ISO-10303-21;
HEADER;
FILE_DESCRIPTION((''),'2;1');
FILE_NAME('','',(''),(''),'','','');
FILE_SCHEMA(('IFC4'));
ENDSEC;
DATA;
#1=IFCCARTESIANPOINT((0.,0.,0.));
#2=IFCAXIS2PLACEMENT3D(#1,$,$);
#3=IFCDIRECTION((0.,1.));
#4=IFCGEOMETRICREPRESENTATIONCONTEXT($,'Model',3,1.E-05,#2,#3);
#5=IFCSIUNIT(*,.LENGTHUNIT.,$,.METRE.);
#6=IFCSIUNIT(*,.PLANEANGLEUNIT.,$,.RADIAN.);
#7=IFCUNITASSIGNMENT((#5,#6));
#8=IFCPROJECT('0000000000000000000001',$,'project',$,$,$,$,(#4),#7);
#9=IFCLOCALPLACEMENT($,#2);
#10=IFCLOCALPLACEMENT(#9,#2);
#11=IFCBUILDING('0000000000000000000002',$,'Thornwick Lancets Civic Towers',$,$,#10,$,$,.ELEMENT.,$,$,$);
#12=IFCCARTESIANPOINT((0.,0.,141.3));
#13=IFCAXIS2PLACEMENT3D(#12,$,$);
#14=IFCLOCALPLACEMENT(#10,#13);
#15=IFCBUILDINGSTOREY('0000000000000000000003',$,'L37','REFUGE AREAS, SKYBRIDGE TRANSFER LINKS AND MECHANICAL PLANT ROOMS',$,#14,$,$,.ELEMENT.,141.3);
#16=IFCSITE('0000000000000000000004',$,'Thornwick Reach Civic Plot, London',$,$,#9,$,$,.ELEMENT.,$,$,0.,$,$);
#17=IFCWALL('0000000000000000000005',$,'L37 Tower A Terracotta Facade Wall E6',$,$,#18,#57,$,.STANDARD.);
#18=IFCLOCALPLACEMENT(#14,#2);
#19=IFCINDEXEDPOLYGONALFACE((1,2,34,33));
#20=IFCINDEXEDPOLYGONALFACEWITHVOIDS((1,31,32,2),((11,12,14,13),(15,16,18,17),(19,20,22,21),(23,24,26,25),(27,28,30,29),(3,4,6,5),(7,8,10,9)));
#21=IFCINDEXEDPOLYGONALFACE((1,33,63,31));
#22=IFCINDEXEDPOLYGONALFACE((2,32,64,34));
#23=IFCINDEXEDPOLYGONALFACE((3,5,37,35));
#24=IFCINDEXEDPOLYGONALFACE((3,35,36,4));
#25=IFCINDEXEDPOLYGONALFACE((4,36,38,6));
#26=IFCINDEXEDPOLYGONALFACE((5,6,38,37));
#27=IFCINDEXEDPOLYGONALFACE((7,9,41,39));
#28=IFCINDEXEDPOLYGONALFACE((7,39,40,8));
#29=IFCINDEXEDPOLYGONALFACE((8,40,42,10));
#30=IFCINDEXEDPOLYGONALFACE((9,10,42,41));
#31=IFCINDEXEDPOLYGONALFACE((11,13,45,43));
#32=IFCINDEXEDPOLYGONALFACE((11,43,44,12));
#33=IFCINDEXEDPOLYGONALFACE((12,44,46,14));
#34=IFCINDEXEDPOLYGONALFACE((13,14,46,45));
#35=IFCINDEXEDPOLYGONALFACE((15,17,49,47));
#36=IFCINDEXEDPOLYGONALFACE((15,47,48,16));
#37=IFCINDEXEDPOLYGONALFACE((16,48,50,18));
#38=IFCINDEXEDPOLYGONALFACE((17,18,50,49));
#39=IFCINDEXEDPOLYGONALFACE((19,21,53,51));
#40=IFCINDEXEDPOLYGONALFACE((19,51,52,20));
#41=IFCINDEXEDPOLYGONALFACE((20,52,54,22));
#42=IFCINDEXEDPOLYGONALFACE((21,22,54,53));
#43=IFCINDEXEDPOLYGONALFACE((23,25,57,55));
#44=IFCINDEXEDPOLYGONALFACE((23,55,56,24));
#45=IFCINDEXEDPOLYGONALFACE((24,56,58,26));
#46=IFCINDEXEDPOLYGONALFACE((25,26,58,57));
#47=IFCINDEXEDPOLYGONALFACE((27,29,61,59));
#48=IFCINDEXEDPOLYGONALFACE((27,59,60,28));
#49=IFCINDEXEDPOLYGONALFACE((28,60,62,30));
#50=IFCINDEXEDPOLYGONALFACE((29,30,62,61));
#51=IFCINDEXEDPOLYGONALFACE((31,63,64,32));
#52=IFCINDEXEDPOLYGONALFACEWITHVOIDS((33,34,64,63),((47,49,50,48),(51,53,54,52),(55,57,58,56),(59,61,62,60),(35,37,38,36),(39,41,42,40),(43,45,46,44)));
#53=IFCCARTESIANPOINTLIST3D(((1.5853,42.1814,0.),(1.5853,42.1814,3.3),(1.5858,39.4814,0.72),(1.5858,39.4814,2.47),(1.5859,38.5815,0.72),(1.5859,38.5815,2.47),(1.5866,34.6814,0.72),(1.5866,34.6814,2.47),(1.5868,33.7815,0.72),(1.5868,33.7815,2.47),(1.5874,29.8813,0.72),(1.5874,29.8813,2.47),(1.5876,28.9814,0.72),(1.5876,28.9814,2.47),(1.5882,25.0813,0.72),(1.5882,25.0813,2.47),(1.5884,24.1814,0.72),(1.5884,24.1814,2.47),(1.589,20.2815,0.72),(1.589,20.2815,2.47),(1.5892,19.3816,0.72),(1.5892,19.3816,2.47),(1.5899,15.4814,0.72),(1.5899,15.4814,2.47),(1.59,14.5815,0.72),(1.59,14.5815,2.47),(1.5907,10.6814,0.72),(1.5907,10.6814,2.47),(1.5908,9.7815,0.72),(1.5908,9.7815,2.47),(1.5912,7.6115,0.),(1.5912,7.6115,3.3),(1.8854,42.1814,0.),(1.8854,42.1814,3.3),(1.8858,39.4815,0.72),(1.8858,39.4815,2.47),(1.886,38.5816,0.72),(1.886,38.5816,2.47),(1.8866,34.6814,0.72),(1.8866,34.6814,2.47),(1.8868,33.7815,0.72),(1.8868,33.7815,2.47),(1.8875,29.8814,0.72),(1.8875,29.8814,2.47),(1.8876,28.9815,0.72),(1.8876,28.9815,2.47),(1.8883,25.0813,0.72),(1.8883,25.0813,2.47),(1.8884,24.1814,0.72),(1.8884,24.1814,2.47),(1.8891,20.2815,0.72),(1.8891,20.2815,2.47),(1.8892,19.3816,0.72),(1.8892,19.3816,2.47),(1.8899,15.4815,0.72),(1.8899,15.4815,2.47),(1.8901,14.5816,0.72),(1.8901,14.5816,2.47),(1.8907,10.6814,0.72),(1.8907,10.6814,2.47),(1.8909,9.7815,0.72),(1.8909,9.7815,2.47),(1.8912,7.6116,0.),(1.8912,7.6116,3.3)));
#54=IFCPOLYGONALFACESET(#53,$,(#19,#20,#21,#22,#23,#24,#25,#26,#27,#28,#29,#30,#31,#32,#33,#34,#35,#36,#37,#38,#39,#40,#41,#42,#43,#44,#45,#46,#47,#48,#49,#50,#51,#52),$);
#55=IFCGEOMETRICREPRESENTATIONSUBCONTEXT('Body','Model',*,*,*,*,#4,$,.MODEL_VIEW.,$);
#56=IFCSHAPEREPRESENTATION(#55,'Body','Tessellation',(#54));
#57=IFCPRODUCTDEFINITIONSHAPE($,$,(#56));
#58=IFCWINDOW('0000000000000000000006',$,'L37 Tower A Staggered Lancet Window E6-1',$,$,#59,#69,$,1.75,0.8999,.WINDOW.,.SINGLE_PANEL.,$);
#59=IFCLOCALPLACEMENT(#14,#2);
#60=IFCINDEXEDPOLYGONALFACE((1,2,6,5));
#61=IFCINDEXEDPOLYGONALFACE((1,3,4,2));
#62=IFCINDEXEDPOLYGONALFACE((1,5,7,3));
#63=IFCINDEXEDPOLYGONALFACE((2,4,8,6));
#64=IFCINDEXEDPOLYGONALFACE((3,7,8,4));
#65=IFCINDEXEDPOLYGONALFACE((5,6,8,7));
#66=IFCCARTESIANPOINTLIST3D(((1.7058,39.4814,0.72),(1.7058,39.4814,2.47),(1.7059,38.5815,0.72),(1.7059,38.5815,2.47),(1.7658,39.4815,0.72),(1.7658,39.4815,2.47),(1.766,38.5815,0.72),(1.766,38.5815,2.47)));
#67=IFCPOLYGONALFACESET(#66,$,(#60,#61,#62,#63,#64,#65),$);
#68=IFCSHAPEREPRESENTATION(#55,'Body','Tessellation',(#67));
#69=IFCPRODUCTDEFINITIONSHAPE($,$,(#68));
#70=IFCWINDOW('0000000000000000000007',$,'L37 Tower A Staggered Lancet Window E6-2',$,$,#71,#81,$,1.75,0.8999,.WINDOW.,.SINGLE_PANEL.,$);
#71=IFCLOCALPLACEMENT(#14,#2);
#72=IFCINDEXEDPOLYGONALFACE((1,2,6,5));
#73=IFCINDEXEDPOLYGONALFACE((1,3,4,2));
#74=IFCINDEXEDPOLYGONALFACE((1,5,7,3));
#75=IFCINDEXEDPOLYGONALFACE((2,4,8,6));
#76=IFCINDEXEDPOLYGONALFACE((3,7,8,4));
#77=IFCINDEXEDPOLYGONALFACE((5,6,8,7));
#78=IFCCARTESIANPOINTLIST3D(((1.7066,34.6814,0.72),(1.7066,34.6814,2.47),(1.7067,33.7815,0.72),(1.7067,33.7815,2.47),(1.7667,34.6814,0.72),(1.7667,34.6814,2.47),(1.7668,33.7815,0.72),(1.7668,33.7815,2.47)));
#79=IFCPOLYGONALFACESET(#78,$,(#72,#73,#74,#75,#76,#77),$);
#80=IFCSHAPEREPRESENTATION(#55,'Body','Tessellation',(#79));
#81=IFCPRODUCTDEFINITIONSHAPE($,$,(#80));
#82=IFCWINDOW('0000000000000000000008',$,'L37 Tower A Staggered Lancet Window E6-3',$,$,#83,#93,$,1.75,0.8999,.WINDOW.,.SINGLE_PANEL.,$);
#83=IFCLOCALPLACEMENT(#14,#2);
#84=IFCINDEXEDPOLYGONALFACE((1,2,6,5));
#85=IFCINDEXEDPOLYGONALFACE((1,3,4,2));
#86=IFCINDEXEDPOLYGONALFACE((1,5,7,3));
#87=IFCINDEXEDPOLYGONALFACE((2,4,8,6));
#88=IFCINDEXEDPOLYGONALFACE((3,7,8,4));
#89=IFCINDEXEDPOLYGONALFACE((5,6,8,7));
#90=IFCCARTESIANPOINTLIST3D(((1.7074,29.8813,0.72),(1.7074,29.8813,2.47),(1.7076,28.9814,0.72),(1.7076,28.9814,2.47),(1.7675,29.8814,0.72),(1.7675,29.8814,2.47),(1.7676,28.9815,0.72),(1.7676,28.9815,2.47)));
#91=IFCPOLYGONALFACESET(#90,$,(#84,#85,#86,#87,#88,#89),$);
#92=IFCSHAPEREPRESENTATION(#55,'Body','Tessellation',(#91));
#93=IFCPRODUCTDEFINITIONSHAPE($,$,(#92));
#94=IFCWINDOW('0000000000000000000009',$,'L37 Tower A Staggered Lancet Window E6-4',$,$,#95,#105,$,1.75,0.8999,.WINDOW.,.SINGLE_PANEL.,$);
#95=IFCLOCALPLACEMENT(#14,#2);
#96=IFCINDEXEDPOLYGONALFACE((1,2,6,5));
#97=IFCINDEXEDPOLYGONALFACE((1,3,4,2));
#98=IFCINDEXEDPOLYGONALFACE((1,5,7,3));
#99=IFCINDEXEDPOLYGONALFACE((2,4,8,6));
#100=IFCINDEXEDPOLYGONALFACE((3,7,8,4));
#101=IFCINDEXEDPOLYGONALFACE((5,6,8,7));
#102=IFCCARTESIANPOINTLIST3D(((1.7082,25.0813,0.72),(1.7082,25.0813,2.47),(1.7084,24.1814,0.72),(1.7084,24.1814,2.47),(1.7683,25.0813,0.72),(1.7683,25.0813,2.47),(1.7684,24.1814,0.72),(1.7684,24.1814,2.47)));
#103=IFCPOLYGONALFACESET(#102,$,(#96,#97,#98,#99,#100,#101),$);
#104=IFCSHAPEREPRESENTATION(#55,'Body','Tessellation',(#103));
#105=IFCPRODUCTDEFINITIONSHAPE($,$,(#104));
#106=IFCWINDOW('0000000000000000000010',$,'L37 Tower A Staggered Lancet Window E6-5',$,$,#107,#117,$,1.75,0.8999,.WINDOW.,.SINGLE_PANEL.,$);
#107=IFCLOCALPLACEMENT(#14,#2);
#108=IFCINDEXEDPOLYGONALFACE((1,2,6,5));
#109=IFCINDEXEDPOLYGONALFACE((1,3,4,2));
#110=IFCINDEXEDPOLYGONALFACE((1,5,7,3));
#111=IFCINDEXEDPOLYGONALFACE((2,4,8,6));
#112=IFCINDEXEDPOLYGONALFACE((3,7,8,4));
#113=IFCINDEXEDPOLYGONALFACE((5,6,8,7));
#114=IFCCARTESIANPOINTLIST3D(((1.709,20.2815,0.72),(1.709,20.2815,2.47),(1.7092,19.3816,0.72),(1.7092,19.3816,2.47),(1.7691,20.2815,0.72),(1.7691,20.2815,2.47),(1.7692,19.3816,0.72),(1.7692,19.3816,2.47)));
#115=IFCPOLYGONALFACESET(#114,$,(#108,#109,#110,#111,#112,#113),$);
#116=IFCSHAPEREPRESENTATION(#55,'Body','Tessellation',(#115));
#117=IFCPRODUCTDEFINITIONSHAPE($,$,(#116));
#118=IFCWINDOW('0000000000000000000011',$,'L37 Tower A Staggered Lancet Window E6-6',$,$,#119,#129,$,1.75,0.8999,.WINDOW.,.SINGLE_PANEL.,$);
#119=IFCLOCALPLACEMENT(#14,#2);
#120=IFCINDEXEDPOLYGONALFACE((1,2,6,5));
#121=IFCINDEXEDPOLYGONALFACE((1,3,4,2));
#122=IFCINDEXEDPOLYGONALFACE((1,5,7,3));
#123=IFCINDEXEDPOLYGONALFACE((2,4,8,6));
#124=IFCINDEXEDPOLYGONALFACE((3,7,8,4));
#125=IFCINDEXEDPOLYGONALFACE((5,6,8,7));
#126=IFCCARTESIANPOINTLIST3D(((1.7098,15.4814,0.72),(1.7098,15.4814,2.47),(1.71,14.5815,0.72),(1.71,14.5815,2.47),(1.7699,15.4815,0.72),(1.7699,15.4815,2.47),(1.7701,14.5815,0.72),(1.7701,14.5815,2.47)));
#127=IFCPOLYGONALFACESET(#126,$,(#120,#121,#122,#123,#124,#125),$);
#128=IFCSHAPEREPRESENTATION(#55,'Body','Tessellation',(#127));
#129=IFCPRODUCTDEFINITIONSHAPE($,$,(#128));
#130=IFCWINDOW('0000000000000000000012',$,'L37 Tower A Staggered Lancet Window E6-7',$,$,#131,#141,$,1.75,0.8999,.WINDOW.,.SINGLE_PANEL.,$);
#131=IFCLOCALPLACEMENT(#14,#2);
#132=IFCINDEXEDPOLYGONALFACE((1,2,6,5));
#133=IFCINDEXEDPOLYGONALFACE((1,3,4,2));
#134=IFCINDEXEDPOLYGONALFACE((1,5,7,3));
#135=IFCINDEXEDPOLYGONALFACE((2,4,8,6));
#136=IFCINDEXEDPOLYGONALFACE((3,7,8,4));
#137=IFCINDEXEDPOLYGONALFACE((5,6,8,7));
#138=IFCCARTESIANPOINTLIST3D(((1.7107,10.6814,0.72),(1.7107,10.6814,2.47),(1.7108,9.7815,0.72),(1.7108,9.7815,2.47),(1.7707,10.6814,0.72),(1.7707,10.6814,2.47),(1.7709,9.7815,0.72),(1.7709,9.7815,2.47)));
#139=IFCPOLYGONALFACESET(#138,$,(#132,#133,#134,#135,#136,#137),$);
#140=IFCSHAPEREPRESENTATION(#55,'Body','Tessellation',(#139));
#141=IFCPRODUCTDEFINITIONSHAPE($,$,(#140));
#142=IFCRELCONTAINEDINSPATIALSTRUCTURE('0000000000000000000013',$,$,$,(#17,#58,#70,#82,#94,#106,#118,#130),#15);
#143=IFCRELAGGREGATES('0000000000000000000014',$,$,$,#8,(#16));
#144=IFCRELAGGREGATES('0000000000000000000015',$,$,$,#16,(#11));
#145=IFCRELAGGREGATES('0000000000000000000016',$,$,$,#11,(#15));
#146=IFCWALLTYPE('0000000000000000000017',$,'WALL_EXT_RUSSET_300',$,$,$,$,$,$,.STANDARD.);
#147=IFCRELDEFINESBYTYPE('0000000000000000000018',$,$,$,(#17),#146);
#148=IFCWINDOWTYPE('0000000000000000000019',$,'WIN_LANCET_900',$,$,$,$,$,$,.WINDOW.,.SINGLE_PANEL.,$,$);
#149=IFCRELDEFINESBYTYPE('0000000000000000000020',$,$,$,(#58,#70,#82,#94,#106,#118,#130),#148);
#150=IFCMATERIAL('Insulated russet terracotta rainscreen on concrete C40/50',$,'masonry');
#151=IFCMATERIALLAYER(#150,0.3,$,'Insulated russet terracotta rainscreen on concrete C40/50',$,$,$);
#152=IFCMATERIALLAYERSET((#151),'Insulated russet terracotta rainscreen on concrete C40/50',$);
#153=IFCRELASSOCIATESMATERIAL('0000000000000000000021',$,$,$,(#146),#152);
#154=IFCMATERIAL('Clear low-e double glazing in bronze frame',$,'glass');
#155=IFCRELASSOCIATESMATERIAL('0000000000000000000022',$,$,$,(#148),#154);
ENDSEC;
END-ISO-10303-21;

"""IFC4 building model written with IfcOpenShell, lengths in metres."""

from ifc_helpers import new_model, si_unit, direction, frame, frame_2d, origin, place, context, subcontext, project, spatial, rectangle, extrude, material, layer, layer_set, type_object, element, fill, save


model = new_model("IFC4")

# Units and contexts
model_context = context("Model", 3, precision=1e-05, world=origin(), true_north=direction((0.0, 1.0)))
body_context = subcontext(model_context, "Body", "Model", "MODEL_VIEW")
ifc_project = project(units=[si_unit("LENGTHUNIT", "METRE"), si_unit("PLANEANGLEUNIT", "RADIAN")], contexts=[model_context])

# Site, building, storey
site_placement = place(None, origin())
site = spatial("IfcSite", under=ifc_project, at=site_placement, Name="Thornwick Reach Civic Plot, London", CompositionType="ELEMENT", RefElevation=0.0)
building_placement = place(site_placement, origin())
building = spatial("IfcBuilding", under=site, at=building_placement, Name="Thornwick Lancets Civic Towers", CompositionType="ELEMENT")
storey_placement = place(building_placement, frame((0.0, 0.0, 141.3)))
storey = spatial("IfcBuildingStorey", under=building, at=storey_placement, Name="L37", Description="REFUGE AREAS, SKYBRIDGE TRANSFER LINKS AND MECHANICAL PLANT ROOMS", CompositionType="ELEMENT", Elevation=141.3)

# Wall, openings, windows
ifc_material_1 = material(Name="Insulated russet terracotta rainscreen on concrete C40/50", Category="masonry")
ifc_layer_1 = layer(ifc_material_1, 0.3, Name="Insulated russet terracotta rainscreen on concrete C40/50")
ifc_layer_set_1 = layer_set([ifc_layer_1], Name="Insulated russet terracotta rainscreen on concrete C40/50")
wall_type_1 = type_object("IfcWallType", Name="WALL_EXT_RUSSET_300", PredefinedType="STANDARD", material=ifc_layer_set_1)
wall_1_placement = place(storey_placement, frame((1.7354, 42.1814, 0.0), z_axis=(0.0, 0.0, 1.0), x_axis=(0.000169, -1.0, 0.0)))
wall_1 = element("IfcWall", 1, at=wall_1_placement, inside=storey, type_object=wall_type_1, Name="L37 Tower A Terracotta Facade Wall E6", PredefinedType="STANDARD", context=body_context, shape_type="SweptSolid", body=[
    extrude(rectangle(XDim=34.5698, YDim=0.3, at=frame_2d((17.2849, 0.0))), origin(), (0.0, 0.0, 1.0), 3.3),
])
opening_1_placement = place(wall_1_placement, frame((2.7, 0.0, 0.72)))
opening_1 = element("IfcOpeningElement", 2, at=opening_1_placement, cuts=wall_1, PredefinedType="OPENING", context=body_context, shape_type="SweptSolid", body=[
    extrude(rectangle(XDim=0.8999, YDim=1.75, at=frame_2d((0.45, 0.875))), frame((0.0, 0.1602, 0.0), z_axis=(0.0, -1.0, 0.0), x_axis=(1.0, 0.0, 0.0)), (0.0, 0.0, 1.0), 0.3201),
])
opening_2_placement = place(wall_1_placement, frame((7.5, 0.0, 0.72)))
opening_2 = element("IfcOpeningElement", 3, at=opening_2_placement, cuts=wall_1, PredefinedType="OPENING", context=body_context, shape_type="SweptSolid", body=[
    extrude(rectangle(XDim=0.8999, YDim=1.75, at=frame_2d((0.45, 0.875))), frame((0.0, 0.1602, 0.0), z_axis=(0.0, -1.0, 0.0), x_axis=(1.0, 0.0, 0.0)), (0.0, 0.0, 1.0), 0.3201),
])
opening_3_placement = place(wall_1_placement, frame((12.3, 0.0, 0.72)))
opening_3 = element("IfcOpeningElement", 4, at=opening_3_placement, cuts=wall_1, PredefinedType="OPENING", context=body_context, shape_type="SweptSolid", body=[
    extrude(rectangle(XDim=0.8999, YDim=1.75, at=frame_2d((0.45, 0.875))), frame((0.0, 0.1602, 0.0), z_axis=(0.0, -1.0, 0.0), x_axis=(1.0, 0.0, 0.0)), (0.0, 0.0, 1.0), 0.3201),
])
opening_4_placement = place(wall_1_placement, frame((17.1001, 0.0, 0.72)))
opening_4 = element("IfcOpeningElement", 5, at=opening_4_placement, cuts=wall_1, PredefinedType="OPENING", context=body_context, shape_type="SweptSolid", body=[
    extrude(rectangle(XDim=0.8999, YDim=1.75, at=frame_2d((0.45, 0.875))), frame((0.0, 0.1602, 0.0), z_axis=(0.0, -1.0, 0.0), x_axis=(1.0, 0.0, 0.0)), (0.0, 0.0, 1.0), 0.3201),
])
opening_5_placement = place(wall_1_placement, frame((21.8999, 0.0, 0.72)))
opening_5 = element("IfcOpeningElement", 6, at=opening_5_placement, cuts=wall_1, PredefinedType="OPENING", context=body_context, shape_type="SweptSolid", body=[
    extrude(rectangle(XDim=0.8999, YDim=1.75, at=frame_2d((0.45, 0.875))), frame((0.0, 0.1602, 0.0), z_axis=(0.0, -1.0, 0.0), x_axis=(1.0, 0.0, 0.0)), (0.0, 0.0, 1.0), 0.3201),
])
opening_6_placement = place(wall_1_placement, frame((26.7, 0.0, 0.72)))
opening_6 = element("IfcOpeningElement", 7, at=opening_6_placement, cuts=wall_1, PredefinedType="OPENING", context=body_context, shape_type="SweptSolid", body=[
    extrude(rectangle(XDim=0.8999, YDim=1.75, at=frame_2d((0.45, 0.875))), frame((0.0, 0.1602, 0.0), z_axis=(0.0, -1.0, 0.0), x_axis=(1.0, 0.0, 0.0)), (0.0, 0.0, 1.0), 0.3201),
])
opening_7_placement = place(wall_1_placement, frame((31.5, 0.0, 0.72)))
opening_7 = element("IfcOpeningElement", 8, at=opening_7_placement, cuts=wall_1, PredefinedType="OPENING", context=body_context, shape_type="SweptSolid", body=[
    extrude(rectangle(XDim=0.8999, YDim=1.75, at=frame_2d((0.45, 0.875))), frame((0.0, 0.1602, 0.0), z_axis=(0.0, -1.0, 0.0), x_axis=(1.0, 0.0, 0.0)), (0.0, 0.0, 1.0), 0.3201),
])
ifc_material_2 = material(Name="Clear low-e double glazing in bronze frame", Category="glass")
window_type = type_object("IfcWindowType", Name="WIN_LANCET_900", PartitioningType="SINGLE_PANEL", PredefinedType="WINDOW", material=ifc_material_2)
window_1_placement = place(opening_1_placement, origin())
window_1 = element("IfcWindow", 9, at=window_1_placement, inside=storey, type_object=window_type, Name="L37 Tower A Staggered Lancet Window E6-1", OverallHeight=1.75, OverallWidth=0.8999, PartitioningType="SINGLE_PANEL", PredefinedType="WINDOW", context=body_context, shape_type="SweptSolid", body=[
    extrude(rectangle(XDim=0.8999, YDim=1.75, at=frame_2d((0.45, 0.875))), frame((0.0, 0.03, 0.0), z_axis=(0.0, -1.0, 0.0), x_axis=(1.0, 0.0, 0.0)), (0.0, 0.0, 1.0), 0.0601),
])
fill(opening_1, window_1)
window_2_placement = place(opening_2_placement, origin())
window_2 = element("IfcWindow", 10, at=window_2_placement, inside=storey, type_object=window_type, Name="L37 Tower A Staggered Lancet Window E6-2", OverallHeight=1.75, OverallWidth=0.8999, PartitioningType="SINGLE_PANEL", PredefinedType="WINDOW", context=body_context, shape_type="SweptSolid", body=[
    extrude(rectangle(XDim=0.8999, YDim=1.75, at=frame_2d((0.45, 0.875))), frame((0.0, 0.03, 0.0), z_axis=(0.0, -1.0, 0.0), x_axis=(1.0, 0.0, 0.0)), (0.0, 0.0, 1.0), 0.0601),
])
fill(opening_2, window_2)
window_3_placement = place(opening_3_placement, origin())
window_3 = element("IfcWindow", 11, at=window_3_placement, inside=storey, type_object=window_type, Name="L37 Tower A Staggered Lancet Window E6-3", OverallHeight=1.75, OverallWidth=0.8999, PartitioningType="SINGLE_PANEL", PredefinedType="WINDOW", context=body_context, shape_type="SweptSolid", body=[
    extrude(rectangle(XDim=0.8999, YDim=1.75, at=frame_2d((0.45, 0.875))), frame((0.0, 0.03, 0.0), z_axis=(0.0, -1.0, 0.0), x_axis=(1.0, 0.0, 0.0)), (0.0, 0.0, 1.0), 0.0601),
])
fill(opening_3, window_3)
window_4_placement = place(opening_4_placement, origin())
window_4 = element("IfcWindow", 12, at=window_4_placement, inside=storey, type_object=window_type, Name="L37 Tower A Staggered Lancet Window E6-4", OverallHeight=1.75, OverallWidth=0.8999, PartitioningType="SINGLE_PANEL", PredefinedType="WINDOW", context=body_context, shape_type="SweptSolid", body=[
    extrude(rectangle(XDim=0.8999, YDim=1.75, at=frame_2d((0.45, 0.875))), frame((0.0, 0.03, 0.0), z_axis=(0.0, -1.0, 0.0), x_axis=(1.0, 0.0, 0.0)), (0.0, 0.0, 1.0), 0.0601),
])
fill(opening_4, window_4)
window_5_placement = place(opening_5_placement, origin())
window_5 = element("IfcWindow", 13, at=window_5_placement, inside=storey, type_object=window_type, Name="L37 Tower A Staggered Lancet Window E6-5", OverallHeight=1.75, OverallWidth=0.8999, PartitioningType="SINGLE_PANEL", PredefinedType="WINDOW", context=body_context, shape_type="SweptSolid", body=[
    extrude(rectangle(XDim=0.8999, YDim=1.75, at=frame_2d((0.45, 0.875))), frame((0.0, 0.03, 0.0), z_axis=(0.0, -1.0, 0.0), x_axis=(1.0, 0.0, 0.0)), (0.0, 0.0, 1.0), 0.0601),
])
fill(opening_5, window_5)
window_6_placement = place(opening_6_placement, origin())
window_6 = element("IfcWindow", 14, at=window_6_placement, inside=storey, type_object=window_type, Name="L37 Tower A Staggered Lancet Window E6-6", OverallHeight=1.75, OverallWidth=0.8999, PartitioningType="SINGLE_PANEL", PredefinedType="WINDOW", context=body_context, shape_type="SweptSolid", body=[
    extrude(rectangle(XDim=0.8999, YDim=1.75, at=frame_2d((0.45, 0.875))), frame((0.0, 0.03, 0.0), z_axis=(0.0, -1.0, 0.0), x_axis=(1.0, 0.0, 0.0)), (0.0, 0.0, 1.0), 0.0601),
])
fill(opening_6, window_6)
window_7_placement = place(opening_7_placement, origin())
window_7 = element("IfcWindow", 15, at=window_7_placement, inside=storey, type_object=window_type, Name="L37 Tower A Staggered Lancet Window E6-7", OverallHeight=1.75, OverallWidth=0.8999, PartitioningType="SINGLE_PANEL", PredefinedType="WINDOW", context=body_context, shape_type="SweptSolid", body=[
    extrude(rectangle(XDim=0.8999, YDim=1.75, at=frame_2d((0.45, 0.875))), frame((0.0, 0.03, 0.0), z_axis=(0.0, -1.0, 0.0), x_axis=(1.0, 0.0, 0.0)), (0.0, 0.0, 1.0), 0.0601),
])
fill(opening_7, window_7)

save(model, "model.ifc")
